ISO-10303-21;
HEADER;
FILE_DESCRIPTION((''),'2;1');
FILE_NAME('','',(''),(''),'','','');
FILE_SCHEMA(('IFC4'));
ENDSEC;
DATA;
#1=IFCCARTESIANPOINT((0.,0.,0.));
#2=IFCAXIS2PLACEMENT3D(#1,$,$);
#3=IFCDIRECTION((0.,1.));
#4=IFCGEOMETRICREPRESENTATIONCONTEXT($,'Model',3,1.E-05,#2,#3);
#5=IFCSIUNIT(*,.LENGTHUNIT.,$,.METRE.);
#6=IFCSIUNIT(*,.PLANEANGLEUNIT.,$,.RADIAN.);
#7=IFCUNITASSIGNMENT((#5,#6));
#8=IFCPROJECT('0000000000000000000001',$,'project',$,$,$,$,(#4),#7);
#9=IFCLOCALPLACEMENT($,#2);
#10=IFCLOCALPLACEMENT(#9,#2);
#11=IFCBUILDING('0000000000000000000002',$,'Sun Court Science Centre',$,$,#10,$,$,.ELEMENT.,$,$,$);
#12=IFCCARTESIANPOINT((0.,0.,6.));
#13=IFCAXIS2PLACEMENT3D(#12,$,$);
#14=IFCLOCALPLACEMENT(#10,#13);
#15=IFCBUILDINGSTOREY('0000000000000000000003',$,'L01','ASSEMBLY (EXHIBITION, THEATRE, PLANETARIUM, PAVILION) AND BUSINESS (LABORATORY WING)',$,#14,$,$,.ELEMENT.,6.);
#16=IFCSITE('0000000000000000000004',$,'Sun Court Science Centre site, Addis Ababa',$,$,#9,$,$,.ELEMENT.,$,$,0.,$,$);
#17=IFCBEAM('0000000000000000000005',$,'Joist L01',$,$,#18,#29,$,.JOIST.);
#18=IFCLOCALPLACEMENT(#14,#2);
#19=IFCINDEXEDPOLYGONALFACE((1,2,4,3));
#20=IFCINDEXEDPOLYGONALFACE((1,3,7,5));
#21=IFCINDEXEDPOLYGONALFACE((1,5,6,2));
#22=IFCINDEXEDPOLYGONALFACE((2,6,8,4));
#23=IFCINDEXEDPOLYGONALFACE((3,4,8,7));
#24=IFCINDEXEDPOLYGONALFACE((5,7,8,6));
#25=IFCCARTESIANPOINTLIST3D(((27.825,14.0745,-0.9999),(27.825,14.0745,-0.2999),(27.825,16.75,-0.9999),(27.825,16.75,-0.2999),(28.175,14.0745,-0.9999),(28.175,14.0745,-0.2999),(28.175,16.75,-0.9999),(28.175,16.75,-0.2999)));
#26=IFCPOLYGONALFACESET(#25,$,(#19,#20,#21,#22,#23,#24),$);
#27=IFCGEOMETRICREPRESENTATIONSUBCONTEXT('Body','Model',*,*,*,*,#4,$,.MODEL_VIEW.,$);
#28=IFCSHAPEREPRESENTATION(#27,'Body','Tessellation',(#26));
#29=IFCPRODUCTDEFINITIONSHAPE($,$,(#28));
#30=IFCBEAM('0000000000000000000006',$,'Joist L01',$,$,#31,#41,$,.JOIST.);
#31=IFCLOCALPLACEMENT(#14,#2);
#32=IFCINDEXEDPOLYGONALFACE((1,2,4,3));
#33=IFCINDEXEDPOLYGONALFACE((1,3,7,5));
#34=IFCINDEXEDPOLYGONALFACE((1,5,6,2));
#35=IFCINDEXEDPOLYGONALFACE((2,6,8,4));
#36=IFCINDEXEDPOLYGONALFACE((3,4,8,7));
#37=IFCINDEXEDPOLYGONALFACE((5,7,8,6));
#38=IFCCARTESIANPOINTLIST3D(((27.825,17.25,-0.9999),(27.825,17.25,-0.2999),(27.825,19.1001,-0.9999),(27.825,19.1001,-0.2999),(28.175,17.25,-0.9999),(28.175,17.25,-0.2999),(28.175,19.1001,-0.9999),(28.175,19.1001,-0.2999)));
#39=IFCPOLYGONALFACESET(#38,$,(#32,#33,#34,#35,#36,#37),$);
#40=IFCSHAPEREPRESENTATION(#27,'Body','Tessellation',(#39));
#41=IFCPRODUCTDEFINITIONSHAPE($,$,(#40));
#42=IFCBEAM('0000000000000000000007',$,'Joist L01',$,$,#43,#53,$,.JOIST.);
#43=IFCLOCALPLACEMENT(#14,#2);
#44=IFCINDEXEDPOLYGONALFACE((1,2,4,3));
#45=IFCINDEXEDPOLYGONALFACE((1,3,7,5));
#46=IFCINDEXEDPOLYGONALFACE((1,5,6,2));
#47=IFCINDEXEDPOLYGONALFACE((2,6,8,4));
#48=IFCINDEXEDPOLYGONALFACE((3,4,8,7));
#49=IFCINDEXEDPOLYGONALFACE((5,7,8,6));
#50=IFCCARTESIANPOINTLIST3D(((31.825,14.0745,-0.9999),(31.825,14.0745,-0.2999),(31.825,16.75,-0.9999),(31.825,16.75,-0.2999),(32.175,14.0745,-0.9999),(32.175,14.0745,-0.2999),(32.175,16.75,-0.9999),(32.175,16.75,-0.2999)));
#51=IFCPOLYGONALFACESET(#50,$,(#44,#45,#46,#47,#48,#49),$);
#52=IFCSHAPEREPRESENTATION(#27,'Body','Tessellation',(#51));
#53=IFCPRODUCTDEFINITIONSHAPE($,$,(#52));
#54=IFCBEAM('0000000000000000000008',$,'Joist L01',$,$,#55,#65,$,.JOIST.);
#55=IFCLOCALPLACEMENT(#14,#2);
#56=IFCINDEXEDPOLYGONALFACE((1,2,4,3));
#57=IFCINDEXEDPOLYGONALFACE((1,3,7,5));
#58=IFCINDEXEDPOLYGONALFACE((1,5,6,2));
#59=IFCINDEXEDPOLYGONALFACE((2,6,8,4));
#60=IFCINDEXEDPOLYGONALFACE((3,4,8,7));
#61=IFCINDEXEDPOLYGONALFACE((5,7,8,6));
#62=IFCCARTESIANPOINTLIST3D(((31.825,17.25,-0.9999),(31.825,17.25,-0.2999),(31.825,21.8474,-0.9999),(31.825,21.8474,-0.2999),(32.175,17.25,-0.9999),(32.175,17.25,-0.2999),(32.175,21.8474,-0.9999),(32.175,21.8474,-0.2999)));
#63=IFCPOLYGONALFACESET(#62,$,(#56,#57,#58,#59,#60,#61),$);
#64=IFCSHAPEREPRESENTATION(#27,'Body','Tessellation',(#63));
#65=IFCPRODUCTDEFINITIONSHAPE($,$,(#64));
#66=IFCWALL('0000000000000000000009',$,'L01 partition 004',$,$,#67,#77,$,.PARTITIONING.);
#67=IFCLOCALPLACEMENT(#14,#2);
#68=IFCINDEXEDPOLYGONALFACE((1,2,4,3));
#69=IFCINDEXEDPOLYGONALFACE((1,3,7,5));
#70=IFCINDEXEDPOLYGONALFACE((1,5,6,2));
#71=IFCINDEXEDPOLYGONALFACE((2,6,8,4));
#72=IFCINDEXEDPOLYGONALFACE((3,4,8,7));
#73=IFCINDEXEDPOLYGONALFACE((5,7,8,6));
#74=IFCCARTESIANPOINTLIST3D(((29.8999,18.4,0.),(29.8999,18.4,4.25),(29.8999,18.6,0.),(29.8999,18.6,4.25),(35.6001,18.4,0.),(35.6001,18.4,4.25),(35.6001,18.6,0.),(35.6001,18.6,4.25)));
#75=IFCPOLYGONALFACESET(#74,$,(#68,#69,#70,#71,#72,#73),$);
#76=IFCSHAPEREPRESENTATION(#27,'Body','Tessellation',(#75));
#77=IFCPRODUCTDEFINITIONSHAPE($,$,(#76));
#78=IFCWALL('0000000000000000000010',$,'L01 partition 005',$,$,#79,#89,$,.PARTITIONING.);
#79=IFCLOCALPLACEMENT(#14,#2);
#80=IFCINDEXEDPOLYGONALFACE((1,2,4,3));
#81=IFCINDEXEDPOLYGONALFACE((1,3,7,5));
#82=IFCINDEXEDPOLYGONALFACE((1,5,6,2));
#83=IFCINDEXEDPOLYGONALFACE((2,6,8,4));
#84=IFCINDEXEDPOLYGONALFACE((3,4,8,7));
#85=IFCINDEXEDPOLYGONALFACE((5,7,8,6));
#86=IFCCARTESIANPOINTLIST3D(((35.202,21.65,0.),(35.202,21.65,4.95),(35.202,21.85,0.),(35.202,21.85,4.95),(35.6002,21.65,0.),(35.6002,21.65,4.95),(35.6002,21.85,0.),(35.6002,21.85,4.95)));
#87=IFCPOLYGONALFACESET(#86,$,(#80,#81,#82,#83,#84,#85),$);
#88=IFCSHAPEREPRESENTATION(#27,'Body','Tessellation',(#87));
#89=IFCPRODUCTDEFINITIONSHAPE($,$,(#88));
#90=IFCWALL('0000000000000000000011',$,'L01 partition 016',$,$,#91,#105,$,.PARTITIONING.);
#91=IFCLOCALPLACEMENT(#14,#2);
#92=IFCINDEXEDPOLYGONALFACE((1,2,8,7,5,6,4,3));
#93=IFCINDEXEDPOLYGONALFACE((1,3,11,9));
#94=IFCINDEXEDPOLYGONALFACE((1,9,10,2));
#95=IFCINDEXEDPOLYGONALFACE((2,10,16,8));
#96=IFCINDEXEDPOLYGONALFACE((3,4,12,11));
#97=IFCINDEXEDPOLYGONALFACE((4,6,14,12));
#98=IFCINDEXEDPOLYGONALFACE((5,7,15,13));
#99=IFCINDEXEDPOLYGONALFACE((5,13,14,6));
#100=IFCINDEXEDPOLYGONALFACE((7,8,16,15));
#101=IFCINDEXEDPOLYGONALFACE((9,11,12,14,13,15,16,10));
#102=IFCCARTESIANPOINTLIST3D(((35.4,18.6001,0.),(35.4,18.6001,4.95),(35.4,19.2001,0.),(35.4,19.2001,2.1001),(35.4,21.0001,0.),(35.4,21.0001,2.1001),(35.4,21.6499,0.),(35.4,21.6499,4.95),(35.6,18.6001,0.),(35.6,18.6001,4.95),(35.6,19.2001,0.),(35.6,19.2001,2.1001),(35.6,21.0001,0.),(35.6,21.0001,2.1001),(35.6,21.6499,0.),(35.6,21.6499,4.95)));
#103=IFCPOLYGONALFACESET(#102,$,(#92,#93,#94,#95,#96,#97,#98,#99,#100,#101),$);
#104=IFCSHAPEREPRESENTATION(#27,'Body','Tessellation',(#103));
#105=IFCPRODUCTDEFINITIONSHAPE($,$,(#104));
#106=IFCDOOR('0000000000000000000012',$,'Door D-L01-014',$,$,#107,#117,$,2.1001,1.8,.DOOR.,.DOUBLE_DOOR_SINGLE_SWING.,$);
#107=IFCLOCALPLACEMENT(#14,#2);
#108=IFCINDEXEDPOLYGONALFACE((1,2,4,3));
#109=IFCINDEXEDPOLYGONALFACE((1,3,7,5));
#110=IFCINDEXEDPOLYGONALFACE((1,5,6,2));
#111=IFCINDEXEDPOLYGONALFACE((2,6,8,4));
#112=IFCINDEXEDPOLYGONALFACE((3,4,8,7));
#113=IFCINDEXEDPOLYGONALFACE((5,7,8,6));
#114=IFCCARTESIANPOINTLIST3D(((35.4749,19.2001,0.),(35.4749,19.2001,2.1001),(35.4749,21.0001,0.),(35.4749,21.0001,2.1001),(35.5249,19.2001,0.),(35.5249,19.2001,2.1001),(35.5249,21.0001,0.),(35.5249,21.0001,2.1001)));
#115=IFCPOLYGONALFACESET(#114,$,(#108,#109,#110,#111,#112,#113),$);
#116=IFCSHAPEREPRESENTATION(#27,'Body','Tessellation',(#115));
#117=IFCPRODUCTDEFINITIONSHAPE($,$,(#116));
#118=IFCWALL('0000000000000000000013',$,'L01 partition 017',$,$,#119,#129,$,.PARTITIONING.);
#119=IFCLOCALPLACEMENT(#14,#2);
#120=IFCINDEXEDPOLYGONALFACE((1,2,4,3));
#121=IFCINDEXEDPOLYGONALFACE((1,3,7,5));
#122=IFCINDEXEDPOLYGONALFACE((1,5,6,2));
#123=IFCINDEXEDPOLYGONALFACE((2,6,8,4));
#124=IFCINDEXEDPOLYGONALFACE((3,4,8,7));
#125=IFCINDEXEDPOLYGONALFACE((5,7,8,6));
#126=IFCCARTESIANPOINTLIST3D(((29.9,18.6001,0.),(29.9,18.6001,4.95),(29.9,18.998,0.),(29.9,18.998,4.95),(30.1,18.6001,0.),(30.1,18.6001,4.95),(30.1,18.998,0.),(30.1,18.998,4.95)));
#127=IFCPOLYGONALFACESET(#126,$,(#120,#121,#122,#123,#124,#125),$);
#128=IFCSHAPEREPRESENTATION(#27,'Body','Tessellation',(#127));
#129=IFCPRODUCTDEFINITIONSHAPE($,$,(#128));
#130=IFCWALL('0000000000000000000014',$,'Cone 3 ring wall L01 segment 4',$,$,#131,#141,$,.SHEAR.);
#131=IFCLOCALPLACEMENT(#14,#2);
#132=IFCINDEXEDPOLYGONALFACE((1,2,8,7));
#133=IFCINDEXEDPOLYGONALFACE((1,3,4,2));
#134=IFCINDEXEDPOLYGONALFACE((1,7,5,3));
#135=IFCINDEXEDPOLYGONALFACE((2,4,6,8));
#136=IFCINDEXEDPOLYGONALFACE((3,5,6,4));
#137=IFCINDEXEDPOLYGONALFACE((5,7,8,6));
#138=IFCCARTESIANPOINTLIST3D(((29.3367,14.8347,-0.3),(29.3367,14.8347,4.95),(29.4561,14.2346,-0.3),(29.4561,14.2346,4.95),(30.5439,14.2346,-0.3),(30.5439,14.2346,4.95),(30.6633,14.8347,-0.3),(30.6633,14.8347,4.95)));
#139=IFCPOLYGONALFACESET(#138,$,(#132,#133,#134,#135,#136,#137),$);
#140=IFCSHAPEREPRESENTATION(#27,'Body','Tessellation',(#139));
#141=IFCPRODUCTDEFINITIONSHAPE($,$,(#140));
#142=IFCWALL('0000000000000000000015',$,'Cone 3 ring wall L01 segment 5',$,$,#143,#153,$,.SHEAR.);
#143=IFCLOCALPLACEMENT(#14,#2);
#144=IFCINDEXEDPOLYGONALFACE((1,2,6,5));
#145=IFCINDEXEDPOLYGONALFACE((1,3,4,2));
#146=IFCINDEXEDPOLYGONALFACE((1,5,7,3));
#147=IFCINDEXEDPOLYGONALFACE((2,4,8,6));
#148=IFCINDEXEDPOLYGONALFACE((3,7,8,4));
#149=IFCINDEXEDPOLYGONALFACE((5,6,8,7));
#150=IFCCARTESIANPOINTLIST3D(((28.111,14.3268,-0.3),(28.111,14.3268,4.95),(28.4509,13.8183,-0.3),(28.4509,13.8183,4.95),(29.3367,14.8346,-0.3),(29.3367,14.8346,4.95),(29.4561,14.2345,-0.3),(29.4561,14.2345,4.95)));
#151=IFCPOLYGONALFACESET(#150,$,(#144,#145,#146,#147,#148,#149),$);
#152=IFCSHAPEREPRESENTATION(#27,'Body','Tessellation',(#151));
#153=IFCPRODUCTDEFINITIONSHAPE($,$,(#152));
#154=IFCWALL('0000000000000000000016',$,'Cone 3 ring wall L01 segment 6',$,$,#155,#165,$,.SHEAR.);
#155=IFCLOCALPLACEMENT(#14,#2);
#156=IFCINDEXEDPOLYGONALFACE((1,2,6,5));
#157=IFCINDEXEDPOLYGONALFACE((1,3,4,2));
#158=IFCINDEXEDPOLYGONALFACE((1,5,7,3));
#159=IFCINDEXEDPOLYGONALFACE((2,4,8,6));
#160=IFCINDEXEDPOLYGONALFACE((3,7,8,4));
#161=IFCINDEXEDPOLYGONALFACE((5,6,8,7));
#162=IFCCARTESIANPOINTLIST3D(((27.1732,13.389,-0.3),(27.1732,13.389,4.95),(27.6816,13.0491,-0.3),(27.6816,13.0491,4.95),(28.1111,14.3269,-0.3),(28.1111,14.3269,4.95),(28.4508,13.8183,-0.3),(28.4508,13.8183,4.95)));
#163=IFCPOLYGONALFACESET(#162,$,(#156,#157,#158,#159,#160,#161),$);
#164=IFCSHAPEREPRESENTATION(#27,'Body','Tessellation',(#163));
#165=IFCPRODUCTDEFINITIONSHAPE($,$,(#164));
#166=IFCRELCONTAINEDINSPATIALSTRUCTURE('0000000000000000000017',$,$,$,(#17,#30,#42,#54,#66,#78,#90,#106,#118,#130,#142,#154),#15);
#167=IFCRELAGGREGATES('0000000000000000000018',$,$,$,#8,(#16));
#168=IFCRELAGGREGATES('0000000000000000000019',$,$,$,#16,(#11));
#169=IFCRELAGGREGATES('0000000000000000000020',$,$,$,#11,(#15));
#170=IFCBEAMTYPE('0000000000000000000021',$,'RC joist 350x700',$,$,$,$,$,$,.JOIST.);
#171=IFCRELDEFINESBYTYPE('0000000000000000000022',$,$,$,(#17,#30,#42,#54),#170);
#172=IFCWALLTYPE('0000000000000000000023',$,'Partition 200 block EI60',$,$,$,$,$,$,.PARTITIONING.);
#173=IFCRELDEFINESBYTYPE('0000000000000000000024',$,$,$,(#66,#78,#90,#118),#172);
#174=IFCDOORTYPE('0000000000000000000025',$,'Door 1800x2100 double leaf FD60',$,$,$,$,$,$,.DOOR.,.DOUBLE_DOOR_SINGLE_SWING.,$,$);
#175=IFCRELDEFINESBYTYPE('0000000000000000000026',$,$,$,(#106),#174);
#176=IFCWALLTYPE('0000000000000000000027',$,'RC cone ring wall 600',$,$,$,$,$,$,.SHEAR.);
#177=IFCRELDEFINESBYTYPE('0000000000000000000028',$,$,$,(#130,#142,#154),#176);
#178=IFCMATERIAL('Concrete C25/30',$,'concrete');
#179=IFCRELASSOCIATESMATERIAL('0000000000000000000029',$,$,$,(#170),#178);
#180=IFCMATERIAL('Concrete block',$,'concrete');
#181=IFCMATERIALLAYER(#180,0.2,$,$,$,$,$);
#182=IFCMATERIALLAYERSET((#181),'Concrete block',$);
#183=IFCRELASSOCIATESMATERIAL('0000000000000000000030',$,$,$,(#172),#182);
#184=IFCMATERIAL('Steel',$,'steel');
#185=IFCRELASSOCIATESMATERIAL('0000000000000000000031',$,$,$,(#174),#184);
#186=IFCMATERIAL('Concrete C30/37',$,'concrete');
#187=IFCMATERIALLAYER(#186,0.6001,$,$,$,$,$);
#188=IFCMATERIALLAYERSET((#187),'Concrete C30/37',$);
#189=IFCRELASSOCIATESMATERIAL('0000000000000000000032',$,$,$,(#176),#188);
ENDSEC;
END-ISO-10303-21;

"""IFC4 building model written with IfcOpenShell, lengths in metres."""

from ifc_helpers import new_model, si_unit, direction, frame, frame_2d, origin, origin_2d, place, context, subcontext, project, spatial, polyline, rectangle, outline, extrude, material, layer, layer_set, material_profile, profile_set, type_object, element, fill, save


model = new_model("IFC4")

# Units and contexts
model_context = context("Model", 3, precision=1e-05, world=origin(), true_north=direction((0.0, 1.0)))
body_context = subcontext(model_context, "Body", "Model", "MODEL_VIEW")
ifc_project = project(units=[si_unit("LENGTHUNIT", "METRE"), si_unit("PLANEANGLEUNIT", "RADIAN")], contexts=[model_context])

# Site, building, storey
site_placement = place(None, origin())
site = spatial("IfcSite", under=ifc_project, at=site_placement, Name="Sun Court Science Centre site, Addis Ababa", CompositionType="ELEMENT", RefElevation=0.0)
building_placement = place(site_placement, origin())
building = spatial("IfcBuilding", under=site, at=building_placement, Name="Sun Court Science Centre", CompositionType="ELEMENT")
storey_placement = place(building_placement, frame((0.0, 0.0, 6.0)))
storey = spatial("IfcBuildingStorey", under=building, at=storey_placement, Name="L01", Description="ASSEMBLY (EXHIBITION, THEATRE, PLANETARIUM, PAVILION) AND BUSINESS (LABORATORY WING)", CompositionType="ELEMENT", Elevation=6.0)

# Beams
ifc_material_1 = material(Name="Concrete C25/30", Category="concrete")
ifc_material_profile = material_profile(ifc_material_1, rectangle(XDim=0.3501, YDim=0.7, at=origin_2d()), Name="RC 350x700")
ifc_profile_set = profile_set([ifc_material_profile], Name="Concrete C25/30")
beam_type = type_object("IfcBeamType", Name="RC joist 350x700", PredefinedType="JOIST", material=ifc_profile_set)
beam_1_placement = place(storey_placement, frame((28.0, 14.0745, -0.6499), z_axis=(0.0, 1.0, 0.0), x_axis=(-1.0, 0.0, 0.0)))
element("IfcBeam", 1, at=beam_1_placement, inside=storey, type_object=beam_type, Name="Joist L01", PredefinedType="JOIST", context=body_context, shape_type="SweptSolid", body=[
    extrude(rectangle(XDim=0.3501, YDim=0.7, at=origin_2d()), origin(), (0.0, 0.0, 1.0), 2.6755),
])
beam_2_placement = place(storey_placement, frame((28.0, 17.25, -0.6499), z_axis=(0.0, 1.0, 0.0), x_axis=(-1.0, 0.0, 0.0)))
element("IfcBeam", 2, at=beam_2_placement, inside=storey, type_object=beam_type, Name="Joist L01", PredefinedType="JOIST", context=body_context, shape_type="SweptSolid", body=[
    extrude(rectangle(XDim=0.3501, YDim=0.7, at=origin_2d()), origin(), (0.0, 0.0, 1.0), 1.8501),
])
beam_3_placement = place(storey_placement, frame((32.0, 14.0745, -0.6499), z_axis=(0.0, 1.0, 0.0), x_axis=(-1.0, 0.0, 0.0)))
element("IfcBeam", 3, at=beam_3_placement, inside=storey, type_object=beam_type, Name="Joist L01", PredefinedType="JOIST", context=body_context, shape_type="SweptSolid", body=[
    extrude(rectangle(XDim=0.3501, YDim=0.7, at=origin_2d()), origin(), (0.0, 0.0, 1.0), 2.6755),
])
beam_4_placement = place(storey_placement, frame((32.0, 17.25, -0.6499), z_axis=(0.0, 1.0, 0.0), x_axis=(-1.0, 0.0, 0.0)))
element("IfcBeam", 4, at=beam_4_placement, inside=storey, type_object=beam_type, Name="Joist L01", PredefinedType="JOIST", context=body_context, shape_type="SweptSolid", body=[
    extrude(rectangle(XDim=0.3501, YDim=0.7, at=origin_2d()), origin(), (0.0, 0.0, 1.0), 4.5974),
])

# Walls
ifc_material_2 = material(Name="Concrete block", Category="concrete")
ifc_layer_1 = layer(ifc_material_2, 0.2)
ifc_layer_set_1 = layer_set([ifc_layer_1], Name="Concrete block")
wall_type_1 = type_object("IfcWallType", Name="Partition 200 block EI60", PredefinedType="PARTITIONING", material=ifc_layer_set_1)
wall_1_placement = place(storey_placement, frame((29.8999, 18.5, 0.0), z_axis=(0.0, 0.0, 1.0), x_axis=(1.0, 0.0, 0.0)))
element("IfcWall", 5, at=wall_1_placement, inside=storey, type_object=wall_type_1, Name="L01 partition 004", PredefinedType="PARTITIONING", context=body_context, shape_type="SweptSolid", body=[
    extrude(rectangle(XDim=5.7002, YDim=0.2, at=frame_2d((2.8501, 0.0))), origin(), (0.0, 0.0, 1.0), 4.25),
])
wall_2_placement = place(storey_placement, frame((35.2019, 21.75, 0.0), z_axis=(0.0, 0.0, 1.0), x_axis=(1.0, 0.0, 0.0)))
element("IfcWall", 6, at=wall_2_placement, inside=storey, type_object=wall_type_1, Name="L01 partition 005", PredefinedType="PARTITIONING", context=body_context, shape_type="SweptSolid", body=[
    extrude(rectangle(XDim=0.3982, YDim=0.2, at=frame_2d((0.1992, 0.0))), origin(), (0.0, 0.0, 1.0), 4.95),
])

# Wall, opening, door
wall_3_placement = place(storey_placement, frame((35.5, 21.6499, 0.0), z_axis=(0.0, 0.0, 1.0), x_axis=(0.0, -1.0, 0.0)))
wall_3 = element("IfcWall", 7, at=wall_3_placement, inside=storey, type_object=wall_type_1, Name="L01 partition 016", PredefinedType="PARTITIONING", context=body_context, shape_type="SweptSolid", body=[
    extrude(rectangle(XDim=3.0498, YDim=0.2, at=frame_2d((1.5249, 0.0))), origin(), (0.0, 0.0, 1.0), 4.95),
])
opening_1_placement = place(wall_3_placement, frame((0.6499, 0.0, 0.0)))
opening_1 = element("IfcOpeningElement", 8, at=opening_1_placement, cuts=wall_3, PredefinedType="OPENING", context=body_context, shape_type="SweptSolid", body=[
    extrude(rectangle(XDim=1.8, YDim=2.1001, at=frame_2d((0.8999, 1.05))), frame((0.0, 0.1099, 0.0), z_axis=(0.0, -1.0, 0.0), x_axis=(1.0, 0.0, 0.0)), (0.0, 0.0, 1.0), 0.22),
])
ifc_material_3 = material(Name="Steel", Category="steel")
door_type_1 = type_object("IfcDoorType", Name="Door 1800x2100 double leaf FD60", OperationType="DOUBLE_DOOR_SINGLE_SWING", PredefinedType="DOOR", material=ifc_material_3)
door_1_placement = place(opening_1_placement, origin())
door_1 = element("IfcDoor", 9, at=door_1_placement, inside=storey, type_object=door_type_1, Name="Door D-L01-014", OperationType="DOUBLE_DOOR_SINGLE_SWING", OverallHeight=2.1001, OverallWidth=1.8, PredefinedType="DOOR", context=body_context, shape_type="SweptSolid", body=[
    extrude(rectangle(XDim=1.8, YDim=2.1001, at=frame_2d((0.8999, 1.05))), frame((0.0, 0.0249, 0.0), z_axis=(0.0, -1.0, 0.0), x_axis=(1.0, 0.0, 0.0)), (0.0, 0.0, 1.0), 0.05),
])
fill(opening_1, door_1)

# Walls
wall_4_placement = place(storey_placement, frame((30.0, 18.6001, 0.0), z_axis=(0.0, 0.0, 1.0), x_axis=(0.0, 1.0, 0.0)))
element("IfcWall", 10, at=wall_4_placement, inside=storey, type_object=wall_type_1, Name="L01 partition 017", PredefinedType="PARTITIONING", context=body_context, shape_type="SweptSolid", body=[
    extrude(rectangle(XDim=0.3979, YDim=0.2, at=frame_2d((0.199, 0.0))), origin(), (0.0, 0.0, 1.0), 4.95),
])
ifc_material_4 = material(Name="Concrete C30/37", Category="concrete")
ifc_layer_2 = layer(ifc_material_4, 0.6001)
ifc_layer_set_2 = layer_set([ifc_layer_2], Name="Concrete C30/37")
wall_type_2 = type_object("IfcWallType", Name="RC cone ring wall 600", PredefinedType="SHEAR", material=ifc_layer_set_2)
wall_5_placement = place(storey_placement, frame((30.6633, 14.5347, -0.3), z_axis=(0.0, 0.0, 1.0), x_axis=(-1.0, 0.0, 0.0)))
element("IfcWall", 11, at=wall_5_placement, inside=storey, type_object=wall_type_2, Name="Cone 3 ring wall L01 segment 4", PredefinedType="SHEAR", context=body_context, shape_type="SweptSolid", body=[
    extrude(outline(polyline([(0.0, -0.3), (1.3267, -0.3), (1.2073, 0.3), (0.1194, 0.3), (0.0, -0.3)])), origin(), (0.0, 0.0, 1.0), 5.25),
])
wall_6_placement = place(storey_placement, frame((29.4514, 14.5576, -0.3), z_axis=(0.0, 0.0, 1.0), x_axis=(-0.923837, -0.382785, 0.0)))
element("IfcWall", 12, at=wall_6_placement, inside=storey, type_object=wall_type_2, Name="Cone 3 ring wall L01 segment 5", PredefinedType="SHEAR", context=body_context, shape_type="SweptSolid", body=[
    extrude(outline(polyline([(0.0, -0.2998), (1.3267, -0.2998), (1.2073, 0.3), (0.1194, 0.3003), (0.0, -0.2998)])), origin(), (0.0, 0.0, 1.0), 5.25),
])
wall_7_placement = place(storey_placement, frame((28.3232, 14.1147, -0.3), z_axis=(0.0, 0.0, 1.0), x_axis=(-0.707107, -0.707107, 0.0)))
element("IfcWall", 13, at=wall_7_placement, inside=storey, type_object=wall_type_2, Name="Cone 3 ring wall L01 segment 6", PredefinedType="SHEAR", context=body_context, shape_type="SweptSolid", body=[
    extrude(outline(polyline([(0.0, -0.3), (1.3264, -0.3), (1.2073, 0.2998), (0.1194, 0.2998), (0.0, -0.3)])), origin(), (0.0, 0.0, 1.0), 5.25),
])

save(model, "model.ifc")
